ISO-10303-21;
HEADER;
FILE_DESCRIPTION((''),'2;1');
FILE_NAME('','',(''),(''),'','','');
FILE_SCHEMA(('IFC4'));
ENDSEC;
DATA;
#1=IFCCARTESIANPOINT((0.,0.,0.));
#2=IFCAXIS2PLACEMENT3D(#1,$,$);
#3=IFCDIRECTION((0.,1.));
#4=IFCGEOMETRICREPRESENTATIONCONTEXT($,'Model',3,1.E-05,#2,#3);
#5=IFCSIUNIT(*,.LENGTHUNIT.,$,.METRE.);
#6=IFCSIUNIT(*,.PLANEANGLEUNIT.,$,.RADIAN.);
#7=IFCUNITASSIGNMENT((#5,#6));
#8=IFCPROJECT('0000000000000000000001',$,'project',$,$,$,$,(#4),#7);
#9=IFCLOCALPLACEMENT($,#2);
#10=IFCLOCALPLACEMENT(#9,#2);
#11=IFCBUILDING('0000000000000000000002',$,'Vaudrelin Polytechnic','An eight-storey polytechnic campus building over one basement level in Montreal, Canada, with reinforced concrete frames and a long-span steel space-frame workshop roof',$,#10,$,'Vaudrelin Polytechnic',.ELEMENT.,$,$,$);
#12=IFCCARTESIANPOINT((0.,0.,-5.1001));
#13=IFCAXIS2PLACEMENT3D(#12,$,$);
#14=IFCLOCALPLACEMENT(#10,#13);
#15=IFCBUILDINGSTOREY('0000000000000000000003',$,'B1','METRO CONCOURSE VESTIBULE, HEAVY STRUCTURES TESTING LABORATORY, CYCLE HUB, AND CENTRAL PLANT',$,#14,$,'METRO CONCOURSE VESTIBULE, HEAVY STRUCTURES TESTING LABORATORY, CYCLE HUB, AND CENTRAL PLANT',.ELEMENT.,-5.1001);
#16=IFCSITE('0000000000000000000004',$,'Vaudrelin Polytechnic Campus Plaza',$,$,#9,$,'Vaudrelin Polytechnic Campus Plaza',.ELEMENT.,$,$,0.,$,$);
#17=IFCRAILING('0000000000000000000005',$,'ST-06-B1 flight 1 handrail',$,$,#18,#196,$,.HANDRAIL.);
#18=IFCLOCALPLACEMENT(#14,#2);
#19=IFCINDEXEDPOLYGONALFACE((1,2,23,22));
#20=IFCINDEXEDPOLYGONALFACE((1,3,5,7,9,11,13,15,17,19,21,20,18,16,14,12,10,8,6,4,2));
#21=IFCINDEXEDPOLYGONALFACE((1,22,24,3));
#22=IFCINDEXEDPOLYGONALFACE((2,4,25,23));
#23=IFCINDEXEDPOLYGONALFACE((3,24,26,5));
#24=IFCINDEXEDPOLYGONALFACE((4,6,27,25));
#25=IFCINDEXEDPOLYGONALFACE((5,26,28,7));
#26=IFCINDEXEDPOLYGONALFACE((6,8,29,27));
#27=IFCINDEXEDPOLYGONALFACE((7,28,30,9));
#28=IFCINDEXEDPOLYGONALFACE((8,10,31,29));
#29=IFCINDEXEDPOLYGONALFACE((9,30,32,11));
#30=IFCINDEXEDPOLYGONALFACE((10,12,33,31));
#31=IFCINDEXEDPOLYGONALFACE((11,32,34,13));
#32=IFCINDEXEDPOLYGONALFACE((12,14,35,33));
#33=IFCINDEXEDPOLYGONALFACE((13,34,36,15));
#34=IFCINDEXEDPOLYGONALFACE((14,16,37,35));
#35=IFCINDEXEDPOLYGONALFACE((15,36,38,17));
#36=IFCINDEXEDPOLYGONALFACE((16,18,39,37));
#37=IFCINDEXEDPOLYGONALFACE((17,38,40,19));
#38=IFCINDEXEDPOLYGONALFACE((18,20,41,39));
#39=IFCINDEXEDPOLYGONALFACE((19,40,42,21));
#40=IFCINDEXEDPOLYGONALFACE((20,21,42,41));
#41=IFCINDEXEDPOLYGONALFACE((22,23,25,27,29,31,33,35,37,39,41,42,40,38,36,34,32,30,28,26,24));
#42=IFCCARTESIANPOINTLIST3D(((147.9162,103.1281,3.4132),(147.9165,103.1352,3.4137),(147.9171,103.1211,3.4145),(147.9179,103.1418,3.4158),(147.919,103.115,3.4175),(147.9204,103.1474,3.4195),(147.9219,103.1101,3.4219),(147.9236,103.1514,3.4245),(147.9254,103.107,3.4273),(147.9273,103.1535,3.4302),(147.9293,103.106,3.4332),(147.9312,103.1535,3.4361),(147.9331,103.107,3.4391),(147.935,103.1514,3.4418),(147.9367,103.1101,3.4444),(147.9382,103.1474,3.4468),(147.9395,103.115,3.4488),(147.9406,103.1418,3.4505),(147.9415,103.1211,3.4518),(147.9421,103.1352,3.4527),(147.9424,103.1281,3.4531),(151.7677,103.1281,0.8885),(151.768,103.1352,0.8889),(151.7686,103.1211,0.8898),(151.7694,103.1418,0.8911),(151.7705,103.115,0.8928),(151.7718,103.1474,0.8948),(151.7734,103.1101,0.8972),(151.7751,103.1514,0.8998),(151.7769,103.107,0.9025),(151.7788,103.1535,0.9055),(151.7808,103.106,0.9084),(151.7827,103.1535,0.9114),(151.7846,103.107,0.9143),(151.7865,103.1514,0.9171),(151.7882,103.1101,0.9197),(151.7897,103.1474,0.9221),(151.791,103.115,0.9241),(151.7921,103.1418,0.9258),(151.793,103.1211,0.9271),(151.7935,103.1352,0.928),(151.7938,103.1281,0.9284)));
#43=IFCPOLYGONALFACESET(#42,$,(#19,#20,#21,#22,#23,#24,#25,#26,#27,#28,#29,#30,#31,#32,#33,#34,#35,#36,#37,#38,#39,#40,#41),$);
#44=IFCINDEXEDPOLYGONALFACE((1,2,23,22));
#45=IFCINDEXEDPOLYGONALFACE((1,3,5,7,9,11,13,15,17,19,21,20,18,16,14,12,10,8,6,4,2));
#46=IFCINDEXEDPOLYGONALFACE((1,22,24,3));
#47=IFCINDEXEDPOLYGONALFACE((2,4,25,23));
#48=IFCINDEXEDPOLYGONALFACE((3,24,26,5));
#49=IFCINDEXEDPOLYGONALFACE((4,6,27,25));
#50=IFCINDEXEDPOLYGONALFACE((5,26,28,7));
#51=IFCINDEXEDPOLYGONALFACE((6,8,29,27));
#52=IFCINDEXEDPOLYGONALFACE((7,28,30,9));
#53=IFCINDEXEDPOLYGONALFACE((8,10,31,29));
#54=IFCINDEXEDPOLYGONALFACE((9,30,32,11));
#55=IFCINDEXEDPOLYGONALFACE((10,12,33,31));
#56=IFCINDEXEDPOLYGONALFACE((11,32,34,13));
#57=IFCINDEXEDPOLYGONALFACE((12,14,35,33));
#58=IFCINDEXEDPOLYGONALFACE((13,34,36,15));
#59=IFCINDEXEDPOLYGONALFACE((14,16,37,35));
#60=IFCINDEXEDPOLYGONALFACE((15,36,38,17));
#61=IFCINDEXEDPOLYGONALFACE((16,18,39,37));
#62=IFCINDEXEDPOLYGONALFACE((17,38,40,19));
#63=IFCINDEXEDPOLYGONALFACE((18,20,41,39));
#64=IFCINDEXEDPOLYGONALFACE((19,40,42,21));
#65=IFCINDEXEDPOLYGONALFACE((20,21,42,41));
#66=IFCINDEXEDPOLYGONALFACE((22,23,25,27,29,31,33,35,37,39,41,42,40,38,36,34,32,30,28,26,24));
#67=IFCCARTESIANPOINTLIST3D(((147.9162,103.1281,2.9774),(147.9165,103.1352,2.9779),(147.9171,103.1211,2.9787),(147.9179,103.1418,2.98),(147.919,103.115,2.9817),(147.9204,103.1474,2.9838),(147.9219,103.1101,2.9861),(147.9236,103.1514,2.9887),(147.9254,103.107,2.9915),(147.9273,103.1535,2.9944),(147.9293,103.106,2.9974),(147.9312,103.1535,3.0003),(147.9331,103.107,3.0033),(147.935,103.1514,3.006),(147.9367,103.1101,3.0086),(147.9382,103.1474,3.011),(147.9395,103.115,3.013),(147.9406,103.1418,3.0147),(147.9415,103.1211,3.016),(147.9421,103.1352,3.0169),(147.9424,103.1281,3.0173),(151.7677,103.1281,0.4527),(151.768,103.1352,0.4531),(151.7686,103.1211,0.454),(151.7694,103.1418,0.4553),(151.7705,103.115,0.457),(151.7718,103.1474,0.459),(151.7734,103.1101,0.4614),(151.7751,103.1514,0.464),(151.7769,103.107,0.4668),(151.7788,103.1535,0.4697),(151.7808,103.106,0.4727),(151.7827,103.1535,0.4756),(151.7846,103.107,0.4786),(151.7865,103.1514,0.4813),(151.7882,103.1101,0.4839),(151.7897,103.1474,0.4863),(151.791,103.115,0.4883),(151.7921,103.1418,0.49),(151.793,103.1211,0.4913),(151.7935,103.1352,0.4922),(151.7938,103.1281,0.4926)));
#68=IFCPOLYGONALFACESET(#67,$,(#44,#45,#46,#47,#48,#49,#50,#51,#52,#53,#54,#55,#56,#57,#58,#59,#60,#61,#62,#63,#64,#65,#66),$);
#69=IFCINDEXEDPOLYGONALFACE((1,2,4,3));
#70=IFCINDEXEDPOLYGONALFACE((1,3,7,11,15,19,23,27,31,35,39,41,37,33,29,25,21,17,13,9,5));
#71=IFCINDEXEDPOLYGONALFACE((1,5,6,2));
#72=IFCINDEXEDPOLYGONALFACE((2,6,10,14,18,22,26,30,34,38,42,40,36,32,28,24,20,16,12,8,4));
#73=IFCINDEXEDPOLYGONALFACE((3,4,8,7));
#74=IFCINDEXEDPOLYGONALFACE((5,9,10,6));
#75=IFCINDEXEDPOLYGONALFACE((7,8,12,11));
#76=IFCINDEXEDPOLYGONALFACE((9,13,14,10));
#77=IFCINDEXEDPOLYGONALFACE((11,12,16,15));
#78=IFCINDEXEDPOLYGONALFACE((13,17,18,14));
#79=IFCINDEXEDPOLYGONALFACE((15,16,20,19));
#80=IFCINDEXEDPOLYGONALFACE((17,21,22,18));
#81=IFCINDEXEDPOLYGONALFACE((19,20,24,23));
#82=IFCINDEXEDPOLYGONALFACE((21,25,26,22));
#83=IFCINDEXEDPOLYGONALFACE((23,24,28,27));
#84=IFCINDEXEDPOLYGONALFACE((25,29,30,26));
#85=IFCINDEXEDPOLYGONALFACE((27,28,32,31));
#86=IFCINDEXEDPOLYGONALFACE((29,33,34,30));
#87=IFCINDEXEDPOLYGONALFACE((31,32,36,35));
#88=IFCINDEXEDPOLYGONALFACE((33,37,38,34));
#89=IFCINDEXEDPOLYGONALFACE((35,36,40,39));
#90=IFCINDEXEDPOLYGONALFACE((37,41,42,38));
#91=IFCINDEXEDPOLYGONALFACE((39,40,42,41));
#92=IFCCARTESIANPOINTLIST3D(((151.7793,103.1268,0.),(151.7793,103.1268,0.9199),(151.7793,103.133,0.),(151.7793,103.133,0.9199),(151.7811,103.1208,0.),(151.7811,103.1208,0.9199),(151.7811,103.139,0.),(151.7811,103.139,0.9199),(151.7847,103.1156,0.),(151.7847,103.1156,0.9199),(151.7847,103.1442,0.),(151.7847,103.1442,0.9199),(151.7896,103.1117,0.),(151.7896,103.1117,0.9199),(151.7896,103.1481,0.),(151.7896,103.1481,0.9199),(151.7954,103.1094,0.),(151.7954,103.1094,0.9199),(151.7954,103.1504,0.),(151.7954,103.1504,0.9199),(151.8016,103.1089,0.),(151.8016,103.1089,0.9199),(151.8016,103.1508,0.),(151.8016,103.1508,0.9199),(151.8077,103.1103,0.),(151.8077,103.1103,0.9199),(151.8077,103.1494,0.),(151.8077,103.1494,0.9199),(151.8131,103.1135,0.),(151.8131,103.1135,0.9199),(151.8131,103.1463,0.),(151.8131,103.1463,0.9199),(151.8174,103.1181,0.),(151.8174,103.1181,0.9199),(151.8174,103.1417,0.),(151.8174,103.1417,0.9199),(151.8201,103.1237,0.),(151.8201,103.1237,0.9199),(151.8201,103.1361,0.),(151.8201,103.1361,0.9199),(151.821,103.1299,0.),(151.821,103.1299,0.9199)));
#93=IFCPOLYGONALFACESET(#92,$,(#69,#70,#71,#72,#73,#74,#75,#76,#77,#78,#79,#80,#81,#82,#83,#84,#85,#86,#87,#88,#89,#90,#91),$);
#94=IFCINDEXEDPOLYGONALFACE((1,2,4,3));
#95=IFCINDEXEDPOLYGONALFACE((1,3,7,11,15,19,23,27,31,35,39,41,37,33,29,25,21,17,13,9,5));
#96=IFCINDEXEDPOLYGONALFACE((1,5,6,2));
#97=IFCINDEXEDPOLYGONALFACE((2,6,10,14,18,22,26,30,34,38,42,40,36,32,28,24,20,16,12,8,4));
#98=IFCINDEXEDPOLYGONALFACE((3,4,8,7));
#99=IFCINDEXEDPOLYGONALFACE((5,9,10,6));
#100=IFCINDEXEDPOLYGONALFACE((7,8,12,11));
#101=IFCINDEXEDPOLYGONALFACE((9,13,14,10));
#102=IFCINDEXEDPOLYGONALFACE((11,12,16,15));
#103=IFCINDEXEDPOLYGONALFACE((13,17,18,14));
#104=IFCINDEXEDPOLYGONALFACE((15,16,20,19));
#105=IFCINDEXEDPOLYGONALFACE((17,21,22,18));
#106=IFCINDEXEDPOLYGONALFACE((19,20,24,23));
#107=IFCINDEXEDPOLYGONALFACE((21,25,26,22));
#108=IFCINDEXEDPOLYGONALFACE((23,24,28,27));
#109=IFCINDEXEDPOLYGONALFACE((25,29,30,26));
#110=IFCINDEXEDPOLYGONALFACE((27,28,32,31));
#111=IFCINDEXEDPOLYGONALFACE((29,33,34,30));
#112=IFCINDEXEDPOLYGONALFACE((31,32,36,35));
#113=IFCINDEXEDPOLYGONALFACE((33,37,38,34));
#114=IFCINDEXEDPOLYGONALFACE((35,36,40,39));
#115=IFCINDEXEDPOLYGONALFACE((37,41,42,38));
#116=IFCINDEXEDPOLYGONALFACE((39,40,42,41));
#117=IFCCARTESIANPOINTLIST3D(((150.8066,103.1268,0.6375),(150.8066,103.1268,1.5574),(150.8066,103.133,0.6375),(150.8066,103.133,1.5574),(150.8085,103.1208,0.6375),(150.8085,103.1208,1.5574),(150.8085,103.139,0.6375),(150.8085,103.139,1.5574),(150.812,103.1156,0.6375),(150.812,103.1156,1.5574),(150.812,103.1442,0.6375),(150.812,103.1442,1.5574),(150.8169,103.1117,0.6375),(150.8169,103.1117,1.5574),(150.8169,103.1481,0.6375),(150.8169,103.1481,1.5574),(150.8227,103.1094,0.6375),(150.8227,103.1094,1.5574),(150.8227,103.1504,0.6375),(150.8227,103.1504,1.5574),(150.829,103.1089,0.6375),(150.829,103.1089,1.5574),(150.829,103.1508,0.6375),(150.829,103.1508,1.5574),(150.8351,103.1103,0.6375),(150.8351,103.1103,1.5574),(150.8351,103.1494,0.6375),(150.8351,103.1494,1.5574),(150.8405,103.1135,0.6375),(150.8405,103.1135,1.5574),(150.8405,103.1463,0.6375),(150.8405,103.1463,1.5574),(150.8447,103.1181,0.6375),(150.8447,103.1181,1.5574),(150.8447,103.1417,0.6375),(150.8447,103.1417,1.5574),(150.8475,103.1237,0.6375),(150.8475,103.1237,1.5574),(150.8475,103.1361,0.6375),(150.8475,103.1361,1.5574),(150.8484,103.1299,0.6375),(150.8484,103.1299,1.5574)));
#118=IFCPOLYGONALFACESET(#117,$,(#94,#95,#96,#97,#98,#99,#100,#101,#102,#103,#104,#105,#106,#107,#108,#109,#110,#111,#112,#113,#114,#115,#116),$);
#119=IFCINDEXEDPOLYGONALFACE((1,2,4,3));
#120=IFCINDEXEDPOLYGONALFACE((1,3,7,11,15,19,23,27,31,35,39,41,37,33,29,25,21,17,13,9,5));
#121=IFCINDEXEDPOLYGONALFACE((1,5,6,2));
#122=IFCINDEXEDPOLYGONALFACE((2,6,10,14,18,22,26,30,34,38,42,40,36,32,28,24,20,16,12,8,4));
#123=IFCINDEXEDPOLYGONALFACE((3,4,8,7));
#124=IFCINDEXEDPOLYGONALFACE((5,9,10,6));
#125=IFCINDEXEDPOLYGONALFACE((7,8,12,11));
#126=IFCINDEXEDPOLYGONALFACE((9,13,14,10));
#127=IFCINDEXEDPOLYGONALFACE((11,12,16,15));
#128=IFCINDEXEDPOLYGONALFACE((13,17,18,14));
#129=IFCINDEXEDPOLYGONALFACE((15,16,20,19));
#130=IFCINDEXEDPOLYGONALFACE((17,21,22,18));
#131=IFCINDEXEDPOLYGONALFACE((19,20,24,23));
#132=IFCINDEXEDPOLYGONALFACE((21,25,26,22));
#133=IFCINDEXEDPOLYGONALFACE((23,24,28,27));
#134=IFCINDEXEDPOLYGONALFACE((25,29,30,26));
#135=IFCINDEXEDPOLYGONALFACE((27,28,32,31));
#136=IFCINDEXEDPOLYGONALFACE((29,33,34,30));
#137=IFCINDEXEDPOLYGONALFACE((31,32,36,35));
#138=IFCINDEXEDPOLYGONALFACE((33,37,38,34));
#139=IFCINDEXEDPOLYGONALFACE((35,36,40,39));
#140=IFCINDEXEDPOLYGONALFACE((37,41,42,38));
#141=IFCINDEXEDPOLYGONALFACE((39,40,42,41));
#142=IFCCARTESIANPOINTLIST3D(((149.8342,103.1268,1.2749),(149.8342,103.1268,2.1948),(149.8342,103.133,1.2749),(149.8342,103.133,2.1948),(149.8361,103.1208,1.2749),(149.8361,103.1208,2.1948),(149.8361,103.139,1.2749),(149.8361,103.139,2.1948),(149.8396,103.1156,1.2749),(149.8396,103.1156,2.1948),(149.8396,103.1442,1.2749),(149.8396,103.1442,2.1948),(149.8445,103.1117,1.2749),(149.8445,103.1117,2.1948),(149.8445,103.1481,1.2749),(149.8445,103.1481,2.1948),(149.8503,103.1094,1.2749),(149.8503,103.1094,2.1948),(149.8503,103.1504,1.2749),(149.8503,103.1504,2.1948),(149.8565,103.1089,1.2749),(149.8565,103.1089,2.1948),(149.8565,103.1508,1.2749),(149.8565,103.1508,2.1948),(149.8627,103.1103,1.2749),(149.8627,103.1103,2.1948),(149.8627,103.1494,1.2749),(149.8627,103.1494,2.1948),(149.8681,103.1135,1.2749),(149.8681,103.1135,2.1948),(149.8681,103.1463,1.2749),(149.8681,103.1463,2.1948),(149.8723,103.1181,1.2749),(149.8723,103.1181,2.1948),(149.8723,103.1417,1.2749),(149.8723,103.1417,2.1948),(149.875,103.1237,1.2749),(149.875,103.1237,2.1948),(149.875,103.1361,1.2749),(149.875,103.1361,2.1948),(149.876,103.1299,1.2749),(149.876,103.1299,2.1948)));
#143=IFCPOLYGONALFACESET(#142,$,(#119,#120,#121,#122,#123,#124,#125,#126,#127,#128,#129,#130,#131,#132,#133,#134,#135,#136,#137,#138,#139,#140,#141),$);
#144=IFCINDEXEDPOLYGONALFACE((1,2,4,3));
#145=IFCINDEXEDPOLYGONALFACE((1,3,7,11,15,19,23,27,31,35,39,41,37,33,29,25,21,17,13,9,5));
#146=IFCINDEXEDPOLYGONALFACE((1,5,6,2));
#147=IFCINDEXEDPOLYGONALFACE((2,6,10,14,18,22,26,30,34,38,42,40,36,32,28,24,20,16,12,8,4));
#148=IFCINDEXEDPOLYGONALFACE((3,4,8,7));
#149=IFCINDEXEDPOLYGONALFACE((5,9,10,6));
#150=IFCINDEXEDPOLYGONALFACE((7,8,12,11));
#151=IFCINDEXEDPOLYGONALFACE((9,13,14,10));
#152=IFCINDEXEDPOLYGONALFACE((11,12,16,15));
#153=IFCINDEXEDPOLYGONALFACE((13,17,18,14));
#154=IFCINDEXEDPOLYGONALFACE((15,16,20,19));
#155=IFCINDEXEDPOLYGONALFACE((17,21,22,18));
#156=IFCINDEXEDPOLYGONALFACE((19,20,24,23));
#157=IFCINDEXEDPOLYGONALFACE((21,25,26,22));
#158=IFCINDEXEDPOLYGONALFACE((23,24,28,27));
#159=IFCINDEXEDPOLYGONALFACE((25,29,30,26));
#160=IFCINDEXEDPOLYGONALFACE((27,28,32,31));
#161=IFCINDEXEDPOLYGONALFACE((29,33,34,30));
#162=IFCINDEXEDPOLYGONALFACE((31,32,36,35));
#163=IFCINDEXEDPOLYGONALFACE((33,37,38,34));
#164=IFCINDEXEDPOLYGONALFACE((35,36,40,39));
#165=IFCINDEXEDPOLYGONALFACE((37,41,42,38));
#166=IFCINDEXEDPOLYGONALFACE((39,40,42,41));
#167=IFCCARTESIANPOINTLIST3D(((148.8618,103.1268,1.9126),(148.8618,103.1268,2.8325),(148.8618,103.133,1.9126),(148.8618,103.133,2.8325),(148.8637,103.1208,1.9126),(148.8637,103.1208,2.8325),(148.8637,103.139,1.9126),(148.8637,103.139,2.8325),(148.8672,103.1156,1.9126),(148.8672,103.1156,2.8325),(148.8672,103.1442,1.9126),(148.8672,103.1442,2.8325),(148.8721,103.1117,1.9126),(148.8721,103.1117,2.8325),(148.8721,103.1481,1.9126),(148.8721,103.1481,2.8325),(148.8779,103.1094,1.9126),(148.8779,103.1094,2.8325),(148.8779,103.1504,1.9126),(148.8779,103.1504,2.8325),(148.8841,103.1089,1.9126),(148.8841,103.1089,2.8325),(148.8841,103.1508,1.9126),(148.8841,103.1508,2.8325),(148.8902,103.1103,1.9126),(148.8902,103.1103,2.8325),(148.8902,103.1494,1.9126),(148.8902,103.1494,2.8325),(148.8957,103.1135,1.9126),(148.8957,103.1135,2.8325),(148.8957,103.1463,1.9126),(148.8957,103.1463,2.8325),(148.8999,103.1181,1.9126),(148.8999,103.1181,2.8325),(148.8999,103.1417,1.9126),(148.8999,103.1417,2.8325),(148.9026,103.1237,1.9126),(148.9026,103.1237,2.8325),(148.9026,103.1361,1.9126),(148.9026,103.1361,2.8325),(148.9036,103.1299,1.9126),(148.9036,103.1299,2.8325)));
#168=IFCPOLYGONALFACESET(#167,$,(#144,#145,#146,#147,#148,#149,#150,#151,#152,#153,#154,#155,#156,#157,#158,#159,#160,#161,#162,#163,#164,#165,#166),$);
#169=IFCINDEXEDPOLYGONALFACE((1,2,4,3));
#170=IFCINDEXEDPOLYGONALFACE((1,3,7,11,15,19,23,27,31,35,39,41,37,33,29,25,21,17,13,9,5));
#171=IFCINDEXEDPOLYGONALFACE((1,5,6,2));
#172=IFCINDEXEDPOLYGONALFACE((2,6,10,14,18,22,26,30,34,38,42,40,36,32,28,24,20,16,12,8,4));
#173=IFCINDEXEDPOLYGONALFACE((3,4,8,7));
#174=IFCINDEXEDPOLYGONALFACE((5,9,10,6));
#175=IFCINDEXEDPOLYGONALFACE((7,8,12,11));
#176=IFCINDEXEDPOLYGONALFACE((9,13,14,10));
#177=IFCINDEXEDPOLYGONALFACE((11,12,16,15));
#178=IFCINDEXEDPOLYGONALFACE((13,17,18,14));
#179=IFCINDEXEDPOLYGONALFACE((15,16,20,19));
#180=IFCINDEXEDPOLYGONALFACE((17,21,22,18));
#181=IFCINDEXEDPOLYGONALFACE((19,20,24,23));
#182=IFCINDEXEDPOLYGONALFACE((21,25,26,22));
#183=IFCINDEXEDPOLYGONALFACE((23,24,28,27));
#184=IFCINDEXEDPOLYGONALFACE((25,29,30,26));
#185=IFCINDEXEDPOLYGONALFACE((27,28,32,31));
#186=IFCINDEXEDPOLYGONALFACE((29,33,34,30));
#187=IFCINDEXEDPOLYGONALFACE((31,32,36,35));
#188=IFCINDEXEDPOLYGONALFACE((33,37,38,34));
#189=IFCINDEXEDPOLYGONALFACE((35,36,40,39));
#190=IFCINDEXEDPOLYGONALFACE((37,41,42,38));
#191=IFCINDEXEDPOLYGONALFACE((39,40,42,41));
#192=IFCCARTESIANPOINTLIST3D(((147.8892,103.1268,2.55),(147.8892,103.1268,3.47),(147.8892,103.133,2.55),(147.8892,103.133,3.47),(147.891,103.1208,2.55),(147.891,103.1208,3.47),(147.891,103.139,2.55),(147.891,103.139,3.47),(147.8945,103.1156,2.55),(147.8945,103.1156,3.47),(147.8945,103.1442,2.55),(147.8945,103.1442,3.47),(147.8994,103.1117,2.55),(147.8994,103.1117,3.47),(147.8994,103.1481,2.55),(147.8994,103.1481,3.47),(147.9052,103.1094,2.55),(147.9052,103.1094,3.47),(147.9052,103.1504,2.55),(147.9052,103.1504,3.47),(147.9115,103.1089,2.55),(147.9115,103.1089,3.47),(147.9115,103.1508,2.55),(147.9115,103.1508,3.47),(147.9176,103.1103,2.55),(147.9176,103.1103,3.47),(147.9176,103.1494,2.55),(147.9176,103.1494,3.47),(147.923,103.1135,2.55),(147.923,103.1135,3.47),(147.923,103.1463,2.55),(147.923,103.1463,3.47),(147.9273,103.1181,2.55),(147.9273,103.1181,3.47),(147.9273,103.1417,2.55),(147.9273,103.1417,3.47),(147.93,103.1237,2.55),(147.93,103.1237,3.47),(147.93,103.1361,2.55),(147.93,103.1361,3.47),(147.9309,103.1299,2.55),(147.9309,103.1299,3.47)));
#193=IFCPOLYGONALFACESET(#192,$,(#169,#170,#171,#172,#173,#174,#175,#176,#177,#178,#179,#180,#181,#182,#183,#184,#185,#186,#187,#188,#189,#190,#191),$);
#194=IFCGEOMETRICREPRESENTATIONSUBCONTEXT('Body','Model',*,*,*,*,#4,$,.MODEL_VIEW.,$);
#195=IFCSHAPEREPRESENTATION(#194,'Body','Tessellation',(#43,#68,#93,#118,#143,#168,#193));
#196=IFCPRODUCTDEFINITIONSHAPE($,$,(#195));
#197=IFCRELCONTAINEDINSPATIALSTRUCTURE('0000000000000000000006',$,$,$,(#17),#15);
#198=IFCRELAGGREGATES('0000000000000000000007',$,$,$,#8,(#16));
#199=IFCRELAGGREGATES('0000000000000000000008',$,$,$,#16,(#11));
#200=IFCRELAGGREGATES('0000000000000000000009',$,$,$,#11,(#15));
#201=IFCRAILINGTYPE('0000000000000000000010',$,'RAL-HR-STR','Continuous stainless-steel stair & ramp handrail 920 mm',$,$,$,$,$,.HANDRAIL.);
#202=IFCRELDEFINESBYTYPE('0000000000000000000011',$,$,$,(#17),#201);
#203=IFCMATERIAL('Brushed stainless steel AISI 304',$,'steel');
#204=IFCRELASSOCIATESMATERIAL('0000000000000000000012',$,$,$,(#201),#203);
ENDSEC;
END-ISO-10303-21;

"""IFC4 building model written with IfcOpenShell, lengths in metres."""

from ifc_helpers import new_model, si_unit, direction, frame, origin, origin_2d, place, context, subcontext, project, spatial, circle, extrude, material, type_object, element, save


model = new_model("IFC4")

# Units and contexts
model_context = context("Model", 3, precision=1e-05, world=origin(), true_north=direction((0.0, 1.0)))
body_context = subcontext(model_context, "Body", "Model", "MODEL_VIEW")
ifc_project = project(units=[si_unit("LENGTHUNIT", "METRE"), si_unit("PLANEANGLEUNIT", "RADIAN")], contexts=[model_context])

# Site, building, storey
site_placement = place(None, origin())
site = spatial("IfcSite", under=ifc_project, at=site_placement, Name="Vaudrelin Polytechnic Campus Plaza", LongName="Vaudrelin Polytechnic Campus Plaza", CompositionType="ELEMENT", RefElevation=0.0)
building_placement = place(site_placement, origin())
building = spatial("IfcBuilding", under=site, at=building_placement, Name="Vaudrelin Polytechnic", Description="An eight-storey polytechnic campus building over one basement level in Montreal, Canada, with reinforced concrete frames and a long-span steel space-frame workshop roof", LongName="Vaudrelin Polytechnic", CompositionType="ELEMENT")
storey_placement = place(building_placement, frame((0.0, 0.0, -5.1001)))
storey = spatial("IfcBuildingStorey", under=building, at=storey_placement, Name="B1", Description="METRO CONCOURSE VESTIBULE, HEAVY STRUCTURES TESTING LABORATORY, CYCLE HUB, AND CENTRAL PLANT", LongName="METRO CONCOURSE VESTIBULE, HEAVY STRUCTURES TESTING LABORATORY, CYCLE HUB, AND CENTRAL PLANT", CompositionType="ELEMENT", Elevation=-5.1001)

# Shared definitions
ifc_material_1 = material(Name="Brushed stainless steel AISI 304", Category="steel")

# Railing
railing_type_1 = type_object("IfcRailingType", Name="RAL-HR-STR", Description="Continuous stainless-steel stair & ramp handrail 920 mm", PredefinedType="HANDRAIL", material=ifc_material_1)
railing_1_placement = place(storey_placement, frame((151.8, 103.1299, 0.0)))
element("IfcRailing", 1, at=railing_1_placement, inside=storey, type_object=railing_type_1, Name="ST-06-B1 flight 1 handrail", PredefinedType="HANDRAIL", context=body_context, shape_type="SweptSolid", body=[
    extrude(circle(Radius=0.0239, at=origin_2d()), frame((-0.0193, 0.0, 0.9084), z_axis=(-0.836329, 0.0, 0.548228), x_axis=(0.0, -1.0, 0.0)), (0.0, 0.0, 1.0), 4.6052),
    extrude(circle(Radius=0.0239, at=origin_2d()), frame((-0.0193, 0.0, 0.4727), z_axis=(-0.836329, 0.0, 0.548228), x_axis=(0.0, -1.0, 0.0)), (0.0, 0.0, 1.0), 4.6052),
    extrude(circle(Radius=0.021, at=origin_2d()), origin(), (0.0, 0.0, 1.0), 0.9199),
    extrude(circle(Radius=0.021, at=origin_2d()), frame((-0.9727, 0.0, 0.6375)), (0.0, 0.0, 1.0), 0.9199),
    extrude(circle(Radius=0.021, at=origin_2d()), frame((-1.9451, 0.0, 1.2749)), (0.0, 0.0, 1.0), 0.9199),
    extrude(circle(Radius=0.021, at=origin_2d()), frame((-2.9175, 0.0, 1.9126)), (0.0, 0.0, 1.0), 0.9199),
    extrude(circle(Radius=0.021, at=origin_2d()), frame((-3.8901, 0.0, 2.55)), (0.0, 0.0, 1.0), 0.9199),
])

save(model, "model.ifc")
